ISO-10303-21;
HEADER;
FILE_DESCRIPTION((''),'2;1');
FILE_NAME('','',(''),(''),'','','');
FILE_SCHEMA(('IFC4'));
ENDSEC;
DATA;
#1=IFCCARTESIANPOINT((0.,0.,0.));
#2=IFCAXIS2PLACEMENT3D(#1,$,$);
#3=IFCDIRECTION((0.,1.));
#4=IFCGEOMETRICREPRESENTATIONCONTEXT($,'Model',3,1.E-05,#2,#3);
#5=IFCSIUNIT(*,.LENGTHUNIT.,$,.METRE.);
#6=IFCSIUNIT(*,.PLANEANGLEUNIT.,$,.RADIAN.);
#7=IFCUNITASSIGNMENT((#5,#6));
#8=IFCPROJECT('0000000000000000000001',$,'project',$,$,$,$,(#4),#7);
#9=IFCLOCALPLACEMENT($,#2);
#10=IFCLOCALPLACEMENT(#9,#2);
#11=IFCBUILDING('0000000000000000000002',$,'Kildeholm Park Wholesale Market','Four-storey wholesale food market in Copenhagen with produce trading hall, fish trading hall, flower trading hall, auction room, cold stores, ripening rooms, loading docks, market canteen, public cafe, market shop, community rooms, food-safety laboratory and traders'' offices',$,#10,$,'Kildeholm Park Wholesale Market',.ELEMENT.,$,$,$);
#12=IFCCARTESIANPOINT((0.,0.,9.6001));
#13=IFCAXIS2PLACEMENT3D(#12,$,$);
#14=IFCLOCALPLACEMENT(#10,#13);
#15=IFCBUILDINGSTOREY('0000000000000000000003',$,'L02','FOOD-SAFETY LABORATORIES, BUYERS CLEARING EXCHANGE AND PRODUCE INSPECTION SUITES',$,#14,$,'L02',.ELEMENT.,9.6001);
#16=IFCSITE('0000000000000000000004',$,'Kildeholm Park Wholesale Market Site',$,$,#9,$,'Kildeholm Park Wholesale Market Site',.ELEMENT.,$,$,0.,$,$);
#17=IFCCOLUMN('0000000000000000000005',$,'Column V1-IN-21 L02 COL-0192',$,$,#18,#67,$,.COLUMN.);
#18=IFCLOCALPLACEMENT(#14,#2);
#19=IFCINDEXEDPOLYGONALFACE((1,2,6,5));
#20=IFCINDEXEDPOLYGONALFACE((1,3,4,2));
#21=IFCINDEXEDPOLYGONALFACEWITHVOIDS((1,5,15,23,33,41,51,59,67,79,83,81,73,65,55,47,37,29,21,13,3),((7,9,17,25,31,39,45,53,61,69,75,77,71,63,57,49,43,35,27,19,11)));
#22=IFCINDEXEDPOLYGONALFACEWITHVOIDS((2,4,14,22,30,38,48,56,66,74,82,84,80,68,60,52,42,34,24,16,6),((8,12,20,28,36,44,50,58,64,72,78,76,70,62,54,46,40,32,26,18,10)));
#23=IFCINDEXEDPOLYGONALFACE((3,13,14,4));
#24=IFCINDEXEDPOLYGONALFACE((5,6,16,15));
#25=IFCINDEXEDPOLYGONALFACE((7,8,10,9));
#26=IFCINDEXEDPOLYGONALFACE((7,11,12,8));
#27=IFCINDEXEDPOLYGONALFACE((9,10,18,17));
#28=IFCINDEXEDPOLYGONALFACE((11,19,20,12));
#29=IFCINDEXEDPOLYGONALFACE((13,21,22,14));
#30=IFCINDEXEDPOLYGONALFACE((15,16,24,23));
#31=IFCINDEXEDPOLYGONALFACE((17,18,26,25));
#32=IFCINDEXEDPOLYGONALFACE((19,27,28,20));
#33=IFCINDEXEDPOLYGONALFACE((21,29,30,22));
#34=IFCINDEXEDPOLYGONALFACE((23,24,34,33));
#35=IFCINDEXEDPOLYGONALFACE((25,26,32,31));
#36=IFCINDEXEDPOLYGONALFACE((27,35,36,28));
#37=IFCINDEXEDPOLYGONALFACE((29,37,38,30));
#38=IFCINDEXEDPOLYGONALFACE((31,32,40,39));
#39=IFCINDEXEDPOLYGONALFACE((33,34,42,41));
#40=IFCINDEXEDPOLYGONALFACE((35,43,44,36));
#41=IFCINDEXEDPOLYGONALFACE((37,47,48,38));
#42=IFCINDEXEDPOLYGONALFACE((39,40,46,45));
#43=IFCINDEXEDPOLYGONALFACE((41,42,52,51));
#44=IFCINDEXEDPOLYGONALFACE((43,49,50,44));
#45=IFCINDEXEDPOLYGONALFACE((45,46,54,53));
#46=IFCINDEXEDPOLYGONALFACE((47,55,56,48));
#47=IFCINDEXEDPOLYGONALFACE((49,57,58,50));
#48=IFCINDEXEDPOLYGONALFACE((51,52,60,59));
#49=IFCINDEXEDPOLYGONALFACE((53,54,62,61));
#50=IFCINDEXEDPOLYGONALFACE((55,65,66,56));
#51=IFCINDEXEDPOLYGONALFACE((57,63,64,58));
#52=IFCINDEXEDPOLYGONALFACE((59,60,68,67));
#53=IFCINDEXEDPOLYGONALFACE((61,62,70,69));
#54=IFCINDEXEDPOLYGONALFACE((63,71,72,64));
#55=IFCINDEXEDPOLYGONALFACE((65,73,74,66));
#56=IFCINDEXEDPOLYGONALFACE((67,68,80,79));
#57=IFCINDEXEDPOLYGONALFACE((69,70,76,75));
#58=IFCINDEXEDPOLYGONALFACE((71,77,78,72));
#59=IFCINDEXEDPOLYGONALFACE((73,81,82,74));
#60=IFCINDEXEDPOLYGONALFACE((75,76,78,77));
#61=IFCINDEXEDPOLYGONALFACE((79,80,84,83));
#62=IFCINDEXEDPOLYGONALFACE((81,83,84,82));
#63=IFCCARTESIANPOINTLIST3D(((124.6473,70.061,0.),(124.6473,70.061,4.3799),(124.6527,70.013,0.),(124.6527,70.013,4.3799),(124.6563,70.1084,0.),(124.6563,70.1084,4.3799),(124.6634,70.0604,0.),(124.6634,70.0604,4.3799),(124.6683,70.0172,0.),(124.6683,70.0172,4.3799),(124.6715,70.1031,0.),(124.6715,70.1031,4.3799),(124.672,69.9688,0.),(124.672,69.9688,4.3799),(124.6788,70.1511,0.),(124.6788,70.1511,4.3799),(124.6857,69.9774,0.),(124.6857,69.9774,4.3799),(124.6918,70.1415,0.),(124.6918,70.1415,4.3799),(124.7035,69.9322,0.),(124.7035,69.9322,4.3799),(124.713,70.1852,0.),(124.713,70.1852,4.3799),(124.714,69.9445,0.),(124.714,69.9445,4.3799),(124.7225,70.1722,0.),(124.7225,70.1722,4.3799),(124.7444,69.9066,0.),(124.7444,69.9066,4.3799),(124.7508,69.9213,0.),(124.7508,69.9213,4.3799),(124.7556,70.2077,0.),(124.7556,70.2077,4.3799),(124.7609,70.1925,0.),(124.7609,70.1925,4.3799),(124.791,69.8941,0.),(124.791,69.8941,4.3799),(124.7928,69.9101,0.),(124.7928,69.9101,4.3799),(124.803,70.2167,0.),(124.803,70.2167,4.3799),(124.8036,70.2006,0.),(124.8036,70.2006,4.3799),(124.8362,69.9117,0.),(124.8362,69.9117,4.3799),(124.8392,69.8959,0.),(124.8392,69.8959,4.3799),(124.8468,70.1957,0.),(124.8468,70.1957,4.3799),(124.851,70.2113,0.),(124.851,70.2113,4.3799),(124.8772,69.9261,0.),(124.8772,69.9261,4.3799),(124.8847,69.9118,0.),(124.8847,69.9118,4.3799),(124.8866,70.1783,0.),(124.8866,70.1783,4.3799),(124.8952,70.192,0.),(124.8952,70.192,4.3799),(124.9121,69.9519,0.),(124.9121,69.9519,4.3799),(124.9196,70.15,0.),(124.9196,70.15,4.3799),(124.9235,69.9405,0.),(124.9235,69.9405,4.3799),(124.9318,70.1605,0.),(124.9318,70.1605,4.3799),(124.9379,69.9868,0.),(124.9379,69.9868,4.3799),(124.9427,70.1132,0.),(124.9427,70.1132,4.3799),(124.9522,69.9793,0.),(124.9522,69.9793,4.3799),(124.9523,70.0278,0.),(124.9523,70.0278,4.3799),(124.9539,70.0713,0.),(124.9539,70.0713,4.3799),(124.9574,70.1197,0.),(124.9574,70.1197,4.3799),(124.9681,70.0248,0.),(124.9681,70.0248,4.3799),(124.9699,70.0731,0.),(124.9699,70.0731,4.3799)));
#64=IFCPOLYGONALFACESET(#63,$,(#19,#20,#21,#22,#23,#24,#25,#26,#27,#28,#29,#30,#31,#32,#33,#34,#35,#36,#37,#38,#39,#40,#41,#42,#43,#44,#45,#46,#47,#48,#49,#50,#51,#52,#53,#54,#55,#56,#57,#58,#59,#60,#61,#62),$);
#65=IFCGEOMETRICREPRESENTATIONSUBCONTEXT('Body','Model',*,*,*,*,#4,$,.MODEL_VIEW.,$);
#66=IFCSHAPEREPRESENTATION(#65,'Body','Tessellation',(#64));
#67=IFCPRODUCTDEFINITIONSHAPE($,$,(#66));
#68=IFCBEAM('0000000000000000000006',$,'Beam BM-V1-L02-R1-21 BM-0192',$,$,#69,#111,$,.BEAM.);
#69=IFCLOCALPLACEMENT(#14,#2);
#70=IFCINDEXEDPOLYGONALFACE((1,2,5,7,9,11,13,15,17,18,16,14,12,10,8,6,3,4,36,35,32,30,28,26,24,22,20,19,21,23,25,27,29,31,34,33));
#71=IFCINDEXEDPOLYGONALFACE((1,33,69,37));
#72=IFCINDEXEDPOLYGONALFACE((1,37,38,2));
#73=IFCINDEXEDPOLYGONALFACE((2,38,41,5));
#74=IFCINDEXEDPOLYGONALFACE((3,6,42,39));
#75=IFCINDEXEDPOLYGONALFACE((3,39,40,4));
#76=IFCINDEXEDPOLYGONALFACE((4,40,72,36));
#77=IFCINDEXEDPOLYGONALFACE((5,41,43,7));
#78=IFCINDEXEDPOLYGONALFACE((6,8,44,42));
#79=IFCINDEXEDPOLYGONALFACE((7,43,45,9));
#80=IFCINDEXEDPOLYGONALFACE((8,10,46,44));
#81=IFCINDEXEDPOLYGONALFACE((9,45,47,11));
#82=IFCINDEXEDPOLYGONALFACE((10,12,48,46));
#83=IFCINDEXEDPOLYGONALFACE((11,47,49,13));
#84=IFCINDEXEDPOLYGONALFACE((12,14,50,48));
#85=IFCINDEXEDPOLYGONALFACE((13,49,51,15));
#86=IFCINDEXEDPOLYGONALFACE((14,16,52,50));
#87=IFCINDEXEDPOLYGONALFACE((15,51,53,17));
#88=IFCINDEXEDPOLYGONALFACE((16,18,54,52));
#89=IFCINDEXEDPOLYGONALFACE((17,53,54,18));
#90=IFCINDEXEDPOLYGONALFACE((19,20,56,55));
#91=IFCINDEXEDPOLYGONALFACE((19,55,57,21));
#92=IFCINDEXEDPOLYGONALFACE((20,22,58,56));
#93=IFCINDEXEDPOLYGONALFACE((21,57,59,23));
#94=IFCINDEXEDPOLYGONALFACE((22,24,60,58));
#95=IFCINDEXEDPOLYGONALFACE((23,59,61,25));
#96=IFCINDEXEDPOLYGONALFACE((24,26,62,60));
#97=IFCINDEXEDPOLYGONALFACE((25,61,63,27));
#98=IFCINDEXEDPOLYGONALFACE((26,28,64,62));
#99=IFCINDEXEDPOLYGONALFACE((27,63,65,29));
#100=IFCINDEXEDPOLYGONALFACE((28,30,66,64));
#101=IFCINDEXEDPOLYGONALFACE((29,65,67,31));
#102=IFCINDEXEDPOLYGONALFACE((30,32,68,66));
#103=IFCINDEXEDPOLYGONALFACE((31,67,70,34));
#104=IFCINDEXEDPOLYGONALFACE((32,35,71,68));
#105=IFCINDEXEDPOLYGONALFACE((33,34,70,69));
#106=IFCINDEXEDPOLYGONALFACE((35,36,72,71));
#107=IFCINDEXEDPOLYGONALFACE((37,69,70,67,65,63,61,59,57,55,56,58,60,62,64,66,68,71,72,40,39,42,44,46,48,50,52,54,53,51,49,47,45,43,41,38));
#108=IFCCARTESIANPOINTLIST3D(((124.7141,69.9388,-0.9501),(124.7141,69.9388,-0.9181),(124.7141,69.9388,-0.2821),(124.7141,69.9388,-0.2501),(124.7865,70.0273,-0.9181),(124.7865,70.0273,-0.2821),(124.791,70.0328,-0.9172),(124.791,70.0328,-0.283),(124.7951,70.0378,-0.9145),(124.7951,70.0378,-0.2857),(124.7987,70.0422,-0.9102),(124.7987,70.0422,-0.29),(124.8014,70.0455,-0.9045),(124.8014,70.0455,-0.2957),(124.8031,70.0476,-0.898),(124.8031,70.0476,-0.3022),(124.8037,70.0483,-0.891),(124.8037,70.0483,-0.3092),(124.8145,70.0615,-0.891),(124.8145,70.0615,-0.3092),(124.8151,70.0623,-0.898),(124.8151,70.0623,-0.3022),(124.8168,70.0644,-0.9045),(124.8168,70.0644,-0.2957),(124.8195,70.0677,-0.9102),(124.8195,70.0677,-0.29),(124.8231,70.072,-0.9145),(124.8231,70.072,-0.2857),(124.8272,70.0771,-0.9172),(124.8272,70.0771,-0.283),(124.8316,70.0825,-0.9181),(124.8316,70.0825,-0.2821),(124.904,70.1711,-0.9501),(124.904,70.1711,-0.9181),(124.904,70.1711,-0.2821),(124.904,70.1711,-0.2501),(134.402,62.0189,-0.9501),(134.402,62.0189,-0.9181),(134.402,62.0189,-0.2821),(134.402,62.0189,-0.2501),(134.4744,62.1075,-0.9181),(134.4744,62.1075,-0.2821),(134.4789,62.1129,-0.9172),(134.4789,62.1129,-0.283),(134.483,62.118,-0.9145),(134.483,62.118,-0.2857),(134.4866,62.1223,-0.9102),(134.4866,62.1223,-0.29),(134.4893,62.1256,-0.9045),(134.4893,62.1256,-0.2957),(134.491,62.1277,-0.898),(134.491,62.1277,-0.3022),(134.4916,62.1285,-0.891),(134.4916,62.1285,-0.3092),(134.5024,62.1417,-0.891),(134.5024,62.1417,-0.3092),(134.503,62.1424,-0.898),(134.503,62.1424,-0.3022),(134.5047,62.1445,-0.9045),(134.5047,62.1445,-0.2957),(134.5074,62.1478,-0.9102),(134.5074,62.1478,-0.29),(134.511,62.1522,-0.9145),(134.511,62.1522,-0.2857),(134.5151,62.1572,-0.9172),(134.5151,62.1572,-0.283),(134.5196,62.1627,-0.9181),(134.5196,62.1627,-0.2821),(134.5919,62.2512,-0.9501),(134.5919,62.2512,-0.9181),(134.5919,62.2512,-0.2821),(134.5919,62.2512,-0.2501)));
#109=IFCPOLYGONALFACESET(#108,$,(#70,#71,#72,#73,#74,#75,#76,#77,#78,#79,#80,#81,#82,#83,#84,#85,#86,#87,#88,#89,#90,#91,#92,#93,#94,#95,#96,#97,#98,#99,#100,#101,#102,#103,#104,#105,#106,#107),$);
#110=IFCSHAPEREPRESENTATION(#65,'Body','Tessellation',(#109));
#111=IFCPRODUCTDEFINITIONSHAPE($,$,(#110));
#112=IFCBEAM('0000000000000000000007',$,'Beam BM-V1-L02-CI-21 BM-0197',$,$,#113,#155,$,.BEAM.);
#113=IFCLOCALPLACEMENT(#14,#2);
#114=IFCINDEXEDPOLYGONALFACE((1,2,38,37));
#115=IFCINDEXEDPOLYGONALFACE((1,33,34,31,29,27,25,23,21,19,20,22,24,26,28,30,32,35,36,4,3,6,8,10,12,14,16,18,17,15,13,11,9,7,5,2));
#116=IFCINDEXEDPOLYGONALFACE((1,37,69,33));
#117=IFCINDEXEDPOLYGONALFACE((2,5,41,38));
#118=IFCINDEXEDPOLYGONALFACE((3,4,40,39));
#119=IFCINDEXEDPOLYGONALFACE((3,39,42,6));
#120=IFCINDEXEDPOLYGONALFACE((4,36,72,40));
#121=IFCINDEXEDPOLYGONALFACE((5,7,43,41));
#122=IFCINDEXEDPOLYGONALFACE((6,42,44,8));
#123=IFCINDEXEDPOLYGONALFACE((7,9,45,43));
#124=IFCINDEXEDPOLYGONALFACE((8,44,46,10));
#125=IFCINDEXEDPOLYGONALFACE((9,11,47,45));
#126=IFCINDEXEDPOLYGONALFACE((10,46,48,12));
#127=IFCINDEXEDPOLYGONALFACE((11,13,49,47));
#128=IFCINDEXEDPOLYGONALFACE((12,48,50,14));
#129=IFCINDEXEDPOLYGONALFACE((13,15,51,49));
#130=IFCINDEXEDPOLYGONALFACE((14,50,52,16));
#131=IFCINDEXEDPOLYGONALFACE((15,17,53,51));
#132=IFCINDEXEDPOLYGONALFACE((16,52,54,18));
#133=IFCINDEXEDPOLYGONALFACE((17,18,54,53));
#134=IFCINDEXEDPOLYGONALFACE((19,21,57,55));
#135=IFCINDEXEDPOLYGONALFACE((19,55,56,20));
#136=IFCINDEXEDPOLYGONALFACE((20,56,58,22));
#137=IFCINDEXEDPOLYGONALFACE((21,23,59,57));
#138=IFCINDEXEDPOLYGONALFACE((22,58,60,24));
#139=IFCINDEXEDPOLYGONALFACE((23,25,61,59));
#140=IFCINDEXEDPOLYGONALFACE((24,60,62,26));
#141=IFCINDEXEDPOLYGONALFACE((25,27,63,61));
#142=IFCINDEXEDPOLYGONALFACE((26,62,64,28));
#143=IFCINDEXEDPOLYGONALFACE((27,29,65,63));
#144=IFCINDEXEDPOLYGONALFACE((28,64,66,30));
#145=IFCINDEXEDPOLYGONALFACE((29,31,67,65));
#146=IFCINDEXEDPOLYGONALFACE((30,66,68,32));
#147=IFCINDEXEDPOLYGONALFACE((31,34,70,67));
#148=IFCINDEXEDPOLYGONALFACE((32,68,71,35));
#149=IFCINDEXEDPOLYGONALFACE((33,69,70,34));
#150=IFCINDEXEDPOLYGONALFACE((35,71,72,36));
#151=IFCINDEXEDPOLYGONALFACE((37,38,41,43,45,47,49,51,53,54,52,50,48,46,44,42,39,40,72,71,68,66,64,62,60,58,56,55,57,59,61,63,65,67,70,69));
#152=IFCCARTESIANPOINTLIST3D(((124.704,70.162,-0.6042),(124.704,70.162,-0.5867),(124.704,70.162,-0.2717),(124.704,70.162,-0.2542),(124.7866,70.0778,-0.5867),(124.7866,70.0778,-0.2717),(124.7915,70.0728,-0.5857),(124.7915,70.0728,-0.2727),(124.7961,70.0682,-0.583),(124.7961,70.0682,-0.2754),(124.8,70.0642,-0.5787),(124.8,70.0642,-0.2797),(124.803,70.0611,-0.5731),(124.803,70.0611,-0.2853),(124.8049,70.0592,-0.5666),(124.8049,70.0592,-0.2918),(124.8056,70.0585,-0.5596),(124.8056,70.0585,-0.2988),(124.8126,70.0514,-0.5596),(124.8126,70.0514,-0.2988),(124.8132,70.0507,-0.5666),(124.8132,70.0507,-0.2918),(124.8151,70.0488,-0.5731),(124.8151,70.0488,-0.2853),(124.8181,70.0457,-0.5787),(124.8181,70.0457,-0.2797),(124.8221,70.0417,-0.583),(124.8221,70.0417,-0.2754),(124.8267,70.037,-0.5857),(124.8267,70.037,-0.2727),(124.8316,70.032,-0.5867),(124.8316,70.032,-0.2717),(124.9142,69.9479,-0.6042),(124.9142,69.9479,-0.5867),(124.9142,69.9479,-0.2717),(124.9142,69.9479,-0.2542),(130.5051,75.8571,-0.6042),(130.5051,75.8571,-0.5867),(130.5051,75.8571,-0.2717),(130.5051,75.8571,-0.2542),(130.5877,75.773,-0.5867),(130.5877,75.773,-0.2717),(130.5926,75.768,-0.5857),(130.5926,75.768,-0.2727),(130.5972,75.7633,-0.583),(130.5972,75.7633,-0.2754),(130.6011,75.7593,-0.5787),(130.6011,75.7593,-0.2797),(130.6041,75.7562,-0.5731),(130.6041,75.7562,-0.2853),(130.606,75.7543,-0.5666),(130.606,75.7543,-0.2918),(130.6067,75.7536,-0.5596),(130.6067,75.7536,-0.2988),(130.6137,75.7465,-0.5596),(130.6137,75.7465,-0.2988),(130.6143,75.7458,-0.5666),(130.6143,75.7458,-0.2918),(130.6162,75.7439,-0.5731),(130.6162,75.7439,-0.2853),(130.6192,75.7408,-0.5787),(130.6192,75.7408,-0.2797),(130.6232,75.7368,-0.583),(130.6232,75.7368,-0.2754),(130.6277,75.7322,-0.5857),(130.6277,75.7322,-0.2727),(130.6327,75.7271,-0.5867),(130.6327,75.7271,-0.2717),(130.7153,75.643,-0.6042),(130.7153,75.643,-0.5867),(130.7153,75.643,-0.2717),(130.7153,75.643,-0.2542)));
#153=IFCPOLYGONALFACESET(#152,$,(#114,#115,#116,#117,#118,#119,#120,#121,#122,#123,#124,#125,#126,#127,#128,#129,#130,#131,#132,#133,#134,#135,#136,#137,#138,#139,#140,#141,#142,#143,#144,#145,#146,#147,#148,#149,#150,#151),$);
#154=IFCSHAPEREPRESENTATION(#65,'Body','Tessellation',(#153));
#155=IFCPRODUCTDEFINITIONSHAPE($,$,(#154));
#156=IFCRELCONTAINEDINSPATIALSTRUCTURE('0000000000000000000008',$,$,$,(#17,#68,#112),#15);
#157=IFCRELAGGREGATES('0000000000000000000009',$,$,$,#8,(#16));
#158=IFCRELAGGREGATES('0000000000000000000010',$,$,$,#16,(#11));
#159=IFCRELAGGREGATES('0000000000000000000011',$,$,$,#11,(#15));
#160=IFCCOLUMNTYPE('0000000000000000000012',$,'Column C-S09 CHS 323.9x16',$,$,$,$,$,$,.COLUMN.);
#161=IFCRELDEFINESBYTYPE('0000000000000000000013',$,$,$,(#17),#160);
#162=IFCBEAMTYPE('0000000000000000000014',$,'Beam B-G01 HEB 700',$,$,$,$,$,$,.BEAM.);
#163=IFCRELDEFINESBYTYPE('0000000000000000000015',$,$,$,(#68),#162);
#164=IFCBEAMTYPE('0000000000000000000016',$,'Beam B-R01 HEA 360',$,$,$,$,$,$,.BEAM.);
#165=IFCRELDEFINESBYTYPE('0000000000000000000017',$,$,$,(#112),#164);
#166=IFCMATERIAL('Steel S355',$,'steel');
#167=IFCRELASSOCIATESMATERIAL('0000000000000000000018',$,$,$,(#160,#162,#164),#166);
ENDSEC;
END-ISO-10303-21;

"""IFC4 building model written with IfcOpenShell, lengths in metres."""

from ifc_helpers import new_model, si_unit, direction, frame, origin, origin_2d, place, context, subcontext, project, spatial, hollow_circle, i_section, extrude, material, material_profile, profile_set, type_object, element, save


model = new_model("IFC4")

# Units and contexts
model_context = context("Model", 3, precision=1e-05, world=origin(), true_north=direction((0.0, 1.0)))
body_context = subcontext(model_context, "Body", "Model", "MODEL_VIEW")
ifc_project = project(units=[si_unit("LENGTHUNIT", "METRE"), si_unit("PLANEANGLEUNIT", "RADIAN")], contexts=[model_context])

# Site, building, storey
site_placement = place(None, origin())
site = spatial("IfcSite", under=ifc_project, at=site_placement, Name="Kildeholm Park Wholesale Market Site", LongName="Kildeholm Park Wholesale Market Site", CompositionType="ELEMENT", RefElevation=0.0)
building_placement = place(site_placement, origin())
building = spatial("IfcBuilding", under=site, at=building_placement, Name="Kildeholm Park Wholesale Market", Description="Four-storey wholesale food market in Copenhagen with produce trading hall, fish trading hall, flower trading hall, auction room, cold stores, ripening rooms, loading docks, market canteen, public cafe, market shop, community rooms, food-safety laboratory and traders' offices", LongName="Kildeholm Park Wholesale Market", CompositionType="ELEMENT")
storey_placement = place(building_placement, frame((0.0, 0.0, 9.6001)))
storey = spatial("IfcBuildingStorey", under=building, at=storey_placement, Name="L02", Description="FOOD-SAFETY LABORATORIES, BUYERS CLEARING EXCHANGE AND PRODUCE INSPECTION SUITES", LongName="L02", CompositionType="ELEMENT", Elevation=9.6001)

# Column
ifc_material_1 = material(Name="Steel S355", Category="steel")
ifc_material_profile_1 = material_profile(ifc_material_1, hollow_circle(Radius=0.1619, WallThickness=0.0161, at=origin_2d()), Name="CHS 323.9x16")
ifc_profile_set_1 = profile_set([ifc_material_profile_1], Name="Steel S355")
column_type = type_object("IfcColumnType", Name="Column C-S09 CHS 323.9x16", PredefinedType="COLUMN", material=ifc_profile_set_1)
column_placement = place(storey_placement, frame((124.8091, 70.0549, 0.0), z_axis=(0.0, 0.0, 1.0), x_axis=(0.707107, -0.707107, 0.0)))
element("IfcColumn", 1, at=column_placement, inside=storey, type_object=column_type, Name="Column V1-IN-21 L02 COL-0192", PredefinedType="COLUMN", context=body_context, shape_type="SweptSolid", body=[
    extrude(hollow_circle(Radius=0.1619, WallThickness=0.0161, at=origin_2d()), origin(), (0.0, 0.0, 1.0), 4.3799),
])

# Beams
ifc_material_profile_2 = material_profile(ifc_material_1, i_section(OverallWidth=0.3, OverallDepth=0.7, WebThickness=0.0171, FlangeThickness=0.032, FilletRadius=0.0271, at=origin_2d()), Name="HEB 700")
ifc_profile_set_2 = profile_set([ifc_material_profile_2], Name="Steel S355")
beam_type_1 = type_object("IfcBeamType", Name="Beam B-G01 HEB 700", PredefinedType="BEAM", material=ifc_profile_set_2)
beam_1_placement = place(storey_placement, frame((124.8091, 70.0549, -0.6001), z_axis=(0.774216, -0.632921, 0.0), x_axis=(0.632921, 0.774216, 0.0)))
element("IfcBeam", 2, at=beam_1_placement, inside=storey, type_object=beam_type_1, Name="Beam BM-V1-L02-R1-21 BM-0192", PredefinedType="BEAM", context=body_context, shape_type="SweptSolid", body=[
    extrude(i_section(OverallWidth=0.3, OverallDepth=0.7, WebThickness=0.0171, FlangeThickness=0.032, FilletRadius=0.0271, at=origin_2d()), origin(), (0.0, 0.0, 1.0), 12.5132),
])
ifc_material_profile_3 = material_profile(ifc_material_1, i_section(OverallWidth=0.3, OverallDepth=0.3501, WebThickness=0.01, FlangeThickness=0.0176, FilletRadius=0.0271, at=origin_2d()), Name="HEA 360")
ifc_profile_set_3 = profile_set([ifc_material_profile_3], Name="Steel S355")
beam_type_2 = type_object("IfcBeamType", Name="Beam B-R01 HEA 360", PredefinedType="BEAM", material=ifc_profile_set_3)
beam_2_placement = place(storey_placement, frame((124.8091, 70.0549, -0.4292), z_axis=(0.713594, 0.70056, 0.0), x_axis=(-0.70056, 0.713594, 0.0)))
element("IfcBeam", 3, at=beam_2_placement, inside=storey, type_object=beam_type_2, Name="Beam BM-V1-L02-CI-21 BM-0197", PredefinedType="BEAM", context=body_context, shape_type="SweptSolid", body=[
    extrude(i_section(OverallWidth=0.3, OverallDepth=0.3501, WebThickness=0.01, FlangeThickness=0.0176, FilletRadius=0.0271, at=origin_2d()), origin(), (0.0, 0.0, 1.0), 8.1294),
])

save(model, "model.ifc")
